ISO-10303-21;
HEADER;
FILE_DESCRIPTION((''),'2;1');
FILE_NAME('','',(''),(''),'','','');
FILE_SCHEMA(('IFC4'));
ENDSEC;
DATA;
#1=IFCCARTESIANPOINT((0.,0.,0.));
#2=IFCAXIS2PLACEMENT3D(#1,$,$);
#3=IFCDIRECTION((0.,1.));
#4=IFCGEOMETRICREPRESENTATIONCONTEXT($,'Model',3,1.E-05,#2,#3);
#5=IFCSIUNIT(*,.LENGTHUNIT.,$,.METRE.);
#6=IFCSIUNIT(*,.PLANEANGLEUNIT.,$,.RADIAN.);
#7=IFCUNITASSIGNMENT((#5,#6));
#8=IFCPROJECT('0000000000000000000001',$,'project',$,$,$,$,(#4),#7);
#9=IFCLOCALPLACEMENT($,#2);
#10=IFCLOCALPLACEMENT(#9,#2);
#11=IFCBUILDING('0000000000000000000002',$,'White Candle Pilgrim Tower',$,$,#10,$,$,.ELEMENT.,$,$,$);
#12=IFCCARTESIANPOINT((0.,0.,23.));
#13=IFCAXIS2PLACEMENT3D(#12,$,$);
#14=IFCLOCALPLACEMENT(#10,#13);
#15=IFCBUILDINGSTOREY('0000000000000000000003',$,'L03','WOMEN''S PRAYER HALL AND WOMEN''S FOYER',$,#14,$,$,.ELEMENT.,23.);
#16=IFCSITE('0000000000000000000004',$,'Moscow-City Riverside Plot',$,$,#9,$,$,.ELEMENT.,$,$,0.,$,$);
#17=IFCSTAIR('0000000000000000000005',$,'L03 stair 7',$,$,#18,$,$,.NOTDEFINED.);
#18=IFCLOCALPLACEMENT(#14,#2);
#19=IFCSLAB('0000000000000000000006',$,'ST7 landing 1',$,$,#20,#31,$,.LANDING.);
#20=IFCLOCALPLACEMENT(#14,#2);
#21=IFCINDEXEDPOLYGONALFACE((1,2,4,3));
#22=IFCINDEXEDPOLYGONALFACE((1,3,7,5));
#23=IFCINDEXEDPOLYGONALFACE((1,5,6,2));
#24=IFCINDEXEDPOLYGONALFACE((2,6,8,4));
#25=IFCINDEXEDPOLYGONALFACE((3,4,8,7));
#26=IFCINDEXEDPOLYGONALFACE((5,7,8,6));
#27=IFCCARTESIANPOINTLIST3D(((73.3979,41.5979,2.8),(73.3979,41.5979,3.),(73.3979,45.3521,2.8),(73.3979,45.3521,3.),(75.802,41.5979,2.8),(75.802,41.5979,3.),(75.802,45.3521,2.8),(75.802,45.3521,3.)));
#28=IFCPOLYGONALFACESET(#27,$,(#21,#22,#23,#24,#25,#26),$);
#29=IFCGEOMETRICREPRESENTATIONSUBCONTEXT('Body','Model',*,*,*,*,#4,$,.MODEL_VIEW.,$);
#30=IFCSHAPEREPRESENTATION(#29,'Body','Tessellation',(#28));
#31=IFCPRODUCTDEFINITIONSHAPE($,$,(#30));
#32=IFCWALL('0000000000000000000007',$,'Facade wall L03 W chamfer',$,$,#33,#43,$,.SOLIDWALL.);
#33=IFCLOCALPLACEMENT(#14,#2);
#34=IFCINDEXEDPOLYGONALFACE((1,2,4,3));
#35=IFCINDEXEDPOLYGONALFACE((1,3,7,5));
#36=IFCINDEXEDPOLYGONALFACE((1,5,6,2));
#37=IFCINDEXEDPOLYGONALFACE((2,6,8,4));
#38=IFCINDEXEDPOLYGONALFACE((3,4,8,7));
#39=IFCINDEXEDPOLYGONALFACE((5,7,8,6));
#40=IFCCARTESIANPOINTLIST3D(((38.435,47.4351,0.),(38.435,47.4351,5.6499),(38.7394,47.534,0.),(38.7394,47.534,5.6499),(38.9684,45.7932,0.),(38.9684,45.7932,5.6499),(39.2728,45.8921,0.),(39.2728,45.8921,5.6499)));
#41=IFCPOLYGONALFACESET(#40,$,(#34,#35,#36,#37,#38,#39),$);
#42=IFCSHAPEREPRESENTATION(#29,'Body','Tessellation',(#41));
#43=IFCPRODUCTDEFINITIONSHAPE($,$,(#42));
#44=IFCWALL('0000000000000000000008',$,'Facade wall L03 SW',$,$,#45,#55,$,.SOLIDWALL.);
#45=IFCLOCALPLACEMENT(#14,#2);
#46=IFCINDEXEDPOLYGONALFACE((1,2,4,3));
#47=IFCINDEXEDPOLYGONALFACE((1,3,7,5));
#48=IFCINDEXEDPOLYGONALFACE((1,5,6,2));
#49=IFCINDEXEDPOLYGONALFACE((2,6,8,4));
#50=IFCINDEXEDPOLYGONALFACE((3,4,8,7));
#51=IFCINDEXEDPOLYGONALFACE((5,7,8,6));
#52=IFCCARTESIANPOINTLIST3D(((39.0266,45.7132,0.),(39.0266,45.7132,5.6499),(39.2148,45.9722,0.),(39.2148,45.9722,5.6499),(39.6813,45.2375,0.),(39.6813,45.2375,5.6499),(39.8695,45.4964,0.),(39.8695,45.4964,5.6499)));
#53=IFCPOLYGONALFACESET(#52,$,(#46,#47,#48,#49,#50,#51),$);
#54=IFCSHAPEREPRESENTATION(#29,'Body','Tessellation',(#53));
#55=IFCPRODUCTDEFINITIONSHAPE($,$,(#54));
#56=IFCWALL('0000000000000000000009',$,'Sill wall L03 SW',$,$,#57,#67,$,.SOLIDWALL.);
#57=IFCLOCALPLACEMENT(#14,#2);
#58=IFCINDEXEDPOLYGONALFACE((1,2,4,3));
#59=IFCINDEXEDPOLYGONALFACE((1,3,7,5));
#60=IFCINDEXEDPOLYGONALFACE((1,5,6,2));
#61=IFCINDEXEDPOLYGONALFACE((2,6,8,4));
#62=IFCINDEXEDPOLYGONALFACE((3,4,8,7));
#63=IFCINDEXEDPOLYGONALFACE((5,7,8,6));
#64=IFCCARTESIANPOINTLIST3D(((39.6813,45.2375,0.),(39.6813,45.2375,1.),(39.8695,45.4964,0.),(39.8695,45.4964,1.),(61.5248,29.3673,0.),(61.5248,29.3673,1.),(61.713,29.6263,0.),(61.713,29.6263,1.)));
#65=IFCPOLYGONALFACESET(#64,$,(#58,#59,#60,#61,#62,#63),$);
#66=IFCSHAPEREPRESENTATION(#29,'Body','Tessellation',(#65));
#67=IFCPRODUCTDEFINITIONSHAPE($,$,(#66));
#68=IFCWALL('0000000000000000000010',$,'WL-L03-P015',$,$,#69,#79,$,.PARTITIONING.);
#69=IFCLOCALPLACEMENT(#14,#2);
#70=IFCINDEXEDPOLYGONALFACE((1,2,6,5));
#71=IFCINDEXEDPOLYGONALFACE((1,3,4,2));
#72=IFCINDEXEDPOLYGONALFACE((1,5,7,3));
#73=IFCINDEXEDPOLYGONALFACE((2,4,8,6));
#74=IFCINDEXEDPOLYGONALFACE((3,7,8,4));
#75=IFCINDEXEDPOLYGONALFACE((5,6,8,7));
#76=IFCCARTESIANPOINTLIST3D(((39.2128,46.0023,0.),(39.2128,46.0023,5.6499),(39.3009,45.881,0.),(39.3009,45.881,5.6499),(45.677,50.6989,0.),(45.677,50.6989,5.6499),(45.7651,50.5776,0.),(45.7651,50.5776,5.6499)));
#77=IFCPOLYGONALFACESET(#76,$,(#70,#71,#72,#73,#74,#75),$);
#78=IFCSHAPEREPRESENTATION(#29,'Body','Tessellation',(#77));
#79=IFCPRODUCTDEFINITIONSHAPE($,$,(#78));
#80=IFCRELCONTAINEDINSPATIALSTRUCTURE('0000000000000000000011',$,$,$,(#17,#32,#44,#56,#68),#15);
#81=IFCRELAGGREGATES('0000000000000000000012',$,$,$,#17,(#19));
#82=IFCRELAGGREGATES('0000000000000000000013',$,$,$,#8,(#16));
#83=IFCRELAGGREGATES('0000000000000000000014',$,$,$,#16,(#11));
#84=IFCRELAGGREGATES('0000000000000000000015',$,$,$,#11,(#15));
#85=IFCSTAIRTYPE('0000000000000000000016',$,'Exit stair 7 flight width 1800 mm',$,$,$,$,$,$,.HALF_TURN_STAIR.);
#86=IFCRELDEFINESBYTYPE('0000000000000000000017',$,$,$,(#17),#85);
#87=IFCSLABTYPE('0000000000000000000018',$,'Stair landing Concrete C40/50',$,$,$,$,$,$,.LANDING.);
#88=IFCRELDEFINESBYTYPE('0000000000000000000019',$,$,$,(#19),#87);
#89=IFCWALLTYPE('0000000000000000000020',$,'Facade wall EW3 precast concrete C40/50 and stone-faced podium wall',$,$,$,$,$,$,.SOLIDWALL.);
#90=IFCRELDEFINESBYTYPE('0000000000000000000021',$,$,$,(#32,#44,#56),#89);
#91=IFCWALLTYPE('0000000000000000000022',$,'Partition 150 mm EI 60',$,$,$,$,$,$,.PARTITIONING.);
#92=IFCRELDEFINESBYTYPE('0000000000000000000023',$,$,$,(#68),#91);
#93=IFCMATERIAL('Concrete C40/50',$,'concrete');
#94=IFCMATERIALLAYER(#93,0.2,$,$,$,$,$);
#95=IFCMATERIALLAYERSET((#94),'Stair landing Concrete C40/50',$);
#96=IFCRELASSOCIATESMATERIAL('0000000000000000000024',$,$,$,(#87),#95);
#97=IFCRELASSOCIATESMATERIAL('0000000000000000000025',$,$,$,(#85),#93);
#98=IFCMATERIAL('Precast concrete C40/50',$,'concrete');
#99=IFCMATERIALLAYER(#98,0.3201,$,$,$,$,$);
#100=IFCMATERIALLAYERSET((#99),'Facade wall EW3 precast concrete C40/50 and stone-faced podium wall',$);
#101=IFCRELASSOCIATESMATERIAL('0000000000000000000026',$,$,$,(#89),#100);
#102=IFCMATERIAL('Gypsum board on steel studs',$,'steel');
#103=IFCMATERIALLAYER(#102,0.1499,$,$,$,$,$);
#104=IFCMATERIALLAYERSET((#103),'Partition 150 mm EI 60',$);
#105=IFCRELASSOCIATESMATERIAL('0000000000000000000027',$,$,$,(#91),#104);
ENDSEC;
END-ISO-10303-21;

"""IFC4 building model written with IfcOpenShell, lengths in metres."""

from ifc_helpers import new_model, si_unit, direction, frame, frame_2d, origin, place, context, subcontext, project, spatial, polyline, rectangle, outline, extrude, material, layer, layer_set, type_object, element, aggregate, save


model = new_model("IFC4")

# Units and contexts
model_context = context("Model", 3, precision=1e-05, world=origin(), true_north=direction((0.0, 1.0)))
body_context = subcontext(model_context, "Body", "Model", "MODEL_VIEW")
ifc_project = project(units=[si_unit("LENGTHUNIT", "METRE"), si_unit("PLANEANGLEUNIT", "RADIAN")], contexts=[model_context])

# Site, building, storey
site_placement = place(None, origin())
site = spatial("IfcSite", under=ifc_project, at=site_placement, Name="Moscow-City Riverside Plot", CompositionType="ELEMENT", RefElevation=0.0)
building_placement = place(site_placement, origin())
building = spatial("IfcBuilding", under=site, at=building_placement, Name="White Candle Pilgrim Tower", CompositionType="ELEMENT")
storey_placement = place(building_placement, frame((0.0, 0.0, 23.0)))
storey = spatial("IfcBuildingStorey", under=building, at=storey_placement, Name="L03", Description="WOMEN'S PRAYER HALL AND WOMEN'S FOYER", CompositionType="ELEMENT", Elevation=23.0)

# Shared definitions
ifc_material_1 = material(Name="Concrete C40/50", Category="concrete")

# Stair, slab
ifc_layer_1 = layer(ifc_material_1, 0.2)
ifc_layer_set_1 = layer_set([ifc_layer_1], Name="Stair landing Concrete C40/50")
slab_type_1 = type_object("IfcSlabType", Name="Stair landing Concrete C40/50", PredefinedType="LANDING", material=ifc_layer_set_1)
stair_type_1 = type_object("IfcStairType", Name="Exit stair 7 flight width 1800 mm", PredefinedType="HALF_TURN_STAIR", material=ifc_material_1)
stair_1_placement = place(storey_placement, origin())
stair_1 = element("IfcStair", 1, at=stair_1_placement, inside=storey, type_object=stair_type_1, Name="L03 stair 7", PredefinedType="NOTDEFINED")
slab_1_placement = place(storey_placement, frame((0.0, 0.0, 2.8)))
slab_1 = element("IfcSlab", 2, at=slab_1_placement, type_object=slab_type_1, Name="ST7 landing 1", PredefinedType="LANDING", context=body_context, shape_type="SweptSolid", body=[
    extrude(outline(polyline([(75.802, 45.3521), (75.802, 41.5979), (73.3979, 41.5979), (73.3979, 45.3521), (75.802, 45.3521)])), origin(), (0.0, 0.0, 1.0), 0.2),
])
aggregate(stair_1, [slab_1])

# Walls
ifc_material_2 = material(Name="Precast concrete C40/50", Category="concrete")
ifc_layer_2 = layer(ifc_material_2, 0.3201)
ifc_layer_set_2 = layer_set([ifc_layer_2], Name="Facade wall EW3 precast concrete C40/50 and stone-faced podium wall")
wall_type_1 = type_object("IfcWallType", Name="Facade wall EW3 precast concrete C40/50 and stone-faced podium wall", PredefinedType="SOLIDWALL", material=ifc_layer_set_2)
wall_1_placement = place(storey_placement, frame((38.5872, 47.4846, 0.0), z_axis=(0.0, 0.0, 1.0), x_axis=(0.309006, -0.95106, 0.0)))
element("IfcWall", 3, at=wall_1_placement, inside=storey, type_object=wall_type_1, Name="Facade wall L03 W chamfer", PredefinedType="SOLIDWALL", context=body_context, shape_type="SweptSolid", body=[
    extrude(rectangle(XDim=1.7263, YDim=0.3201, at=frame_2d((0.8633, 0.0))), origin(), (0.0, 0.0, 1.0), 5.6499),
])
wall_2_placement = place(storey_placement, frame((39.1206, 45.8428, 0.0), z_axis=(0.0, 0.0, 1.0), x_axis=(0.808958, -0.587867, 0.0)))
element("IfcWall", 4, at=wall_2_placement, inside=storey, type_object=wall_type_1, Name="Facade wall L03 SW", PredefinedType="SOLIDWALL", context=body_context, shape_type="SweptSolid", body=[
    extrude(rectangle(XDim=0.8093, YDim=0.3201, at=frame_2d((0.4048, 0.0))), origin(), (0.0, 0.0, 1.0), 5.6499),
])
wall_3_placement = place(storey_placement, frame((39.7754, 45.3669, 0.0), z_axis=(0.0, 0.0, 1.0), x_axis=(0.809019, -0.587782, 0.0)))
element("IfcWall", 5, at=wall_3_placement, inside=storey, type_object=wall_type_1, Name="Sill wall L03 SW", PredefinedType="SOLIDWALL", context=body_context, shape_type="SweptSolid", body=[
    extrude(rectangle(XDim=27.0, YDim=0.3201, at=frame_2d((13.5, 0.0))), origin(), (0.0, 0.0, 1.0), 1.0),
])
ifc_material_3 = material(Name="Gypsum board on steel studs", Category="steel")
ifc_layer_3 = layer(ifc_material_3, 0.1499)
ifc_layer_set_3 = layer_set([ifc_layer_3], Name="Partition 150 mm EI 60")
wall_type_2 = type_object("IfcWallType", Name="Partition 150 mm EI 60", PredefinedType="PARTITIONING", material=ifc_layer_set_3)
wall_4_placement = place(storey_placement, frame((39.2568, 45.9417, 0.0), z_axis=(0.0, 0.0, 1.0), x_axis=(0.809012, 0.587792, 0.0)))
element("IfcWall", 6, at=wall_4_placement, inside=storey, type_object=wall_type_2, Name="WL-L03-P015", PredefinedType="PARTITIONING", context=body_context, shape_type="SweptSolid", body=[
    extrude(rectangle(XDim=7.9902, YDim=0.1499, at=frame_2d((3.9951, 0.0))), origin(), (0.0, 0.0, 1.0), 5.6499),
])

save(model, "model.ifc")
